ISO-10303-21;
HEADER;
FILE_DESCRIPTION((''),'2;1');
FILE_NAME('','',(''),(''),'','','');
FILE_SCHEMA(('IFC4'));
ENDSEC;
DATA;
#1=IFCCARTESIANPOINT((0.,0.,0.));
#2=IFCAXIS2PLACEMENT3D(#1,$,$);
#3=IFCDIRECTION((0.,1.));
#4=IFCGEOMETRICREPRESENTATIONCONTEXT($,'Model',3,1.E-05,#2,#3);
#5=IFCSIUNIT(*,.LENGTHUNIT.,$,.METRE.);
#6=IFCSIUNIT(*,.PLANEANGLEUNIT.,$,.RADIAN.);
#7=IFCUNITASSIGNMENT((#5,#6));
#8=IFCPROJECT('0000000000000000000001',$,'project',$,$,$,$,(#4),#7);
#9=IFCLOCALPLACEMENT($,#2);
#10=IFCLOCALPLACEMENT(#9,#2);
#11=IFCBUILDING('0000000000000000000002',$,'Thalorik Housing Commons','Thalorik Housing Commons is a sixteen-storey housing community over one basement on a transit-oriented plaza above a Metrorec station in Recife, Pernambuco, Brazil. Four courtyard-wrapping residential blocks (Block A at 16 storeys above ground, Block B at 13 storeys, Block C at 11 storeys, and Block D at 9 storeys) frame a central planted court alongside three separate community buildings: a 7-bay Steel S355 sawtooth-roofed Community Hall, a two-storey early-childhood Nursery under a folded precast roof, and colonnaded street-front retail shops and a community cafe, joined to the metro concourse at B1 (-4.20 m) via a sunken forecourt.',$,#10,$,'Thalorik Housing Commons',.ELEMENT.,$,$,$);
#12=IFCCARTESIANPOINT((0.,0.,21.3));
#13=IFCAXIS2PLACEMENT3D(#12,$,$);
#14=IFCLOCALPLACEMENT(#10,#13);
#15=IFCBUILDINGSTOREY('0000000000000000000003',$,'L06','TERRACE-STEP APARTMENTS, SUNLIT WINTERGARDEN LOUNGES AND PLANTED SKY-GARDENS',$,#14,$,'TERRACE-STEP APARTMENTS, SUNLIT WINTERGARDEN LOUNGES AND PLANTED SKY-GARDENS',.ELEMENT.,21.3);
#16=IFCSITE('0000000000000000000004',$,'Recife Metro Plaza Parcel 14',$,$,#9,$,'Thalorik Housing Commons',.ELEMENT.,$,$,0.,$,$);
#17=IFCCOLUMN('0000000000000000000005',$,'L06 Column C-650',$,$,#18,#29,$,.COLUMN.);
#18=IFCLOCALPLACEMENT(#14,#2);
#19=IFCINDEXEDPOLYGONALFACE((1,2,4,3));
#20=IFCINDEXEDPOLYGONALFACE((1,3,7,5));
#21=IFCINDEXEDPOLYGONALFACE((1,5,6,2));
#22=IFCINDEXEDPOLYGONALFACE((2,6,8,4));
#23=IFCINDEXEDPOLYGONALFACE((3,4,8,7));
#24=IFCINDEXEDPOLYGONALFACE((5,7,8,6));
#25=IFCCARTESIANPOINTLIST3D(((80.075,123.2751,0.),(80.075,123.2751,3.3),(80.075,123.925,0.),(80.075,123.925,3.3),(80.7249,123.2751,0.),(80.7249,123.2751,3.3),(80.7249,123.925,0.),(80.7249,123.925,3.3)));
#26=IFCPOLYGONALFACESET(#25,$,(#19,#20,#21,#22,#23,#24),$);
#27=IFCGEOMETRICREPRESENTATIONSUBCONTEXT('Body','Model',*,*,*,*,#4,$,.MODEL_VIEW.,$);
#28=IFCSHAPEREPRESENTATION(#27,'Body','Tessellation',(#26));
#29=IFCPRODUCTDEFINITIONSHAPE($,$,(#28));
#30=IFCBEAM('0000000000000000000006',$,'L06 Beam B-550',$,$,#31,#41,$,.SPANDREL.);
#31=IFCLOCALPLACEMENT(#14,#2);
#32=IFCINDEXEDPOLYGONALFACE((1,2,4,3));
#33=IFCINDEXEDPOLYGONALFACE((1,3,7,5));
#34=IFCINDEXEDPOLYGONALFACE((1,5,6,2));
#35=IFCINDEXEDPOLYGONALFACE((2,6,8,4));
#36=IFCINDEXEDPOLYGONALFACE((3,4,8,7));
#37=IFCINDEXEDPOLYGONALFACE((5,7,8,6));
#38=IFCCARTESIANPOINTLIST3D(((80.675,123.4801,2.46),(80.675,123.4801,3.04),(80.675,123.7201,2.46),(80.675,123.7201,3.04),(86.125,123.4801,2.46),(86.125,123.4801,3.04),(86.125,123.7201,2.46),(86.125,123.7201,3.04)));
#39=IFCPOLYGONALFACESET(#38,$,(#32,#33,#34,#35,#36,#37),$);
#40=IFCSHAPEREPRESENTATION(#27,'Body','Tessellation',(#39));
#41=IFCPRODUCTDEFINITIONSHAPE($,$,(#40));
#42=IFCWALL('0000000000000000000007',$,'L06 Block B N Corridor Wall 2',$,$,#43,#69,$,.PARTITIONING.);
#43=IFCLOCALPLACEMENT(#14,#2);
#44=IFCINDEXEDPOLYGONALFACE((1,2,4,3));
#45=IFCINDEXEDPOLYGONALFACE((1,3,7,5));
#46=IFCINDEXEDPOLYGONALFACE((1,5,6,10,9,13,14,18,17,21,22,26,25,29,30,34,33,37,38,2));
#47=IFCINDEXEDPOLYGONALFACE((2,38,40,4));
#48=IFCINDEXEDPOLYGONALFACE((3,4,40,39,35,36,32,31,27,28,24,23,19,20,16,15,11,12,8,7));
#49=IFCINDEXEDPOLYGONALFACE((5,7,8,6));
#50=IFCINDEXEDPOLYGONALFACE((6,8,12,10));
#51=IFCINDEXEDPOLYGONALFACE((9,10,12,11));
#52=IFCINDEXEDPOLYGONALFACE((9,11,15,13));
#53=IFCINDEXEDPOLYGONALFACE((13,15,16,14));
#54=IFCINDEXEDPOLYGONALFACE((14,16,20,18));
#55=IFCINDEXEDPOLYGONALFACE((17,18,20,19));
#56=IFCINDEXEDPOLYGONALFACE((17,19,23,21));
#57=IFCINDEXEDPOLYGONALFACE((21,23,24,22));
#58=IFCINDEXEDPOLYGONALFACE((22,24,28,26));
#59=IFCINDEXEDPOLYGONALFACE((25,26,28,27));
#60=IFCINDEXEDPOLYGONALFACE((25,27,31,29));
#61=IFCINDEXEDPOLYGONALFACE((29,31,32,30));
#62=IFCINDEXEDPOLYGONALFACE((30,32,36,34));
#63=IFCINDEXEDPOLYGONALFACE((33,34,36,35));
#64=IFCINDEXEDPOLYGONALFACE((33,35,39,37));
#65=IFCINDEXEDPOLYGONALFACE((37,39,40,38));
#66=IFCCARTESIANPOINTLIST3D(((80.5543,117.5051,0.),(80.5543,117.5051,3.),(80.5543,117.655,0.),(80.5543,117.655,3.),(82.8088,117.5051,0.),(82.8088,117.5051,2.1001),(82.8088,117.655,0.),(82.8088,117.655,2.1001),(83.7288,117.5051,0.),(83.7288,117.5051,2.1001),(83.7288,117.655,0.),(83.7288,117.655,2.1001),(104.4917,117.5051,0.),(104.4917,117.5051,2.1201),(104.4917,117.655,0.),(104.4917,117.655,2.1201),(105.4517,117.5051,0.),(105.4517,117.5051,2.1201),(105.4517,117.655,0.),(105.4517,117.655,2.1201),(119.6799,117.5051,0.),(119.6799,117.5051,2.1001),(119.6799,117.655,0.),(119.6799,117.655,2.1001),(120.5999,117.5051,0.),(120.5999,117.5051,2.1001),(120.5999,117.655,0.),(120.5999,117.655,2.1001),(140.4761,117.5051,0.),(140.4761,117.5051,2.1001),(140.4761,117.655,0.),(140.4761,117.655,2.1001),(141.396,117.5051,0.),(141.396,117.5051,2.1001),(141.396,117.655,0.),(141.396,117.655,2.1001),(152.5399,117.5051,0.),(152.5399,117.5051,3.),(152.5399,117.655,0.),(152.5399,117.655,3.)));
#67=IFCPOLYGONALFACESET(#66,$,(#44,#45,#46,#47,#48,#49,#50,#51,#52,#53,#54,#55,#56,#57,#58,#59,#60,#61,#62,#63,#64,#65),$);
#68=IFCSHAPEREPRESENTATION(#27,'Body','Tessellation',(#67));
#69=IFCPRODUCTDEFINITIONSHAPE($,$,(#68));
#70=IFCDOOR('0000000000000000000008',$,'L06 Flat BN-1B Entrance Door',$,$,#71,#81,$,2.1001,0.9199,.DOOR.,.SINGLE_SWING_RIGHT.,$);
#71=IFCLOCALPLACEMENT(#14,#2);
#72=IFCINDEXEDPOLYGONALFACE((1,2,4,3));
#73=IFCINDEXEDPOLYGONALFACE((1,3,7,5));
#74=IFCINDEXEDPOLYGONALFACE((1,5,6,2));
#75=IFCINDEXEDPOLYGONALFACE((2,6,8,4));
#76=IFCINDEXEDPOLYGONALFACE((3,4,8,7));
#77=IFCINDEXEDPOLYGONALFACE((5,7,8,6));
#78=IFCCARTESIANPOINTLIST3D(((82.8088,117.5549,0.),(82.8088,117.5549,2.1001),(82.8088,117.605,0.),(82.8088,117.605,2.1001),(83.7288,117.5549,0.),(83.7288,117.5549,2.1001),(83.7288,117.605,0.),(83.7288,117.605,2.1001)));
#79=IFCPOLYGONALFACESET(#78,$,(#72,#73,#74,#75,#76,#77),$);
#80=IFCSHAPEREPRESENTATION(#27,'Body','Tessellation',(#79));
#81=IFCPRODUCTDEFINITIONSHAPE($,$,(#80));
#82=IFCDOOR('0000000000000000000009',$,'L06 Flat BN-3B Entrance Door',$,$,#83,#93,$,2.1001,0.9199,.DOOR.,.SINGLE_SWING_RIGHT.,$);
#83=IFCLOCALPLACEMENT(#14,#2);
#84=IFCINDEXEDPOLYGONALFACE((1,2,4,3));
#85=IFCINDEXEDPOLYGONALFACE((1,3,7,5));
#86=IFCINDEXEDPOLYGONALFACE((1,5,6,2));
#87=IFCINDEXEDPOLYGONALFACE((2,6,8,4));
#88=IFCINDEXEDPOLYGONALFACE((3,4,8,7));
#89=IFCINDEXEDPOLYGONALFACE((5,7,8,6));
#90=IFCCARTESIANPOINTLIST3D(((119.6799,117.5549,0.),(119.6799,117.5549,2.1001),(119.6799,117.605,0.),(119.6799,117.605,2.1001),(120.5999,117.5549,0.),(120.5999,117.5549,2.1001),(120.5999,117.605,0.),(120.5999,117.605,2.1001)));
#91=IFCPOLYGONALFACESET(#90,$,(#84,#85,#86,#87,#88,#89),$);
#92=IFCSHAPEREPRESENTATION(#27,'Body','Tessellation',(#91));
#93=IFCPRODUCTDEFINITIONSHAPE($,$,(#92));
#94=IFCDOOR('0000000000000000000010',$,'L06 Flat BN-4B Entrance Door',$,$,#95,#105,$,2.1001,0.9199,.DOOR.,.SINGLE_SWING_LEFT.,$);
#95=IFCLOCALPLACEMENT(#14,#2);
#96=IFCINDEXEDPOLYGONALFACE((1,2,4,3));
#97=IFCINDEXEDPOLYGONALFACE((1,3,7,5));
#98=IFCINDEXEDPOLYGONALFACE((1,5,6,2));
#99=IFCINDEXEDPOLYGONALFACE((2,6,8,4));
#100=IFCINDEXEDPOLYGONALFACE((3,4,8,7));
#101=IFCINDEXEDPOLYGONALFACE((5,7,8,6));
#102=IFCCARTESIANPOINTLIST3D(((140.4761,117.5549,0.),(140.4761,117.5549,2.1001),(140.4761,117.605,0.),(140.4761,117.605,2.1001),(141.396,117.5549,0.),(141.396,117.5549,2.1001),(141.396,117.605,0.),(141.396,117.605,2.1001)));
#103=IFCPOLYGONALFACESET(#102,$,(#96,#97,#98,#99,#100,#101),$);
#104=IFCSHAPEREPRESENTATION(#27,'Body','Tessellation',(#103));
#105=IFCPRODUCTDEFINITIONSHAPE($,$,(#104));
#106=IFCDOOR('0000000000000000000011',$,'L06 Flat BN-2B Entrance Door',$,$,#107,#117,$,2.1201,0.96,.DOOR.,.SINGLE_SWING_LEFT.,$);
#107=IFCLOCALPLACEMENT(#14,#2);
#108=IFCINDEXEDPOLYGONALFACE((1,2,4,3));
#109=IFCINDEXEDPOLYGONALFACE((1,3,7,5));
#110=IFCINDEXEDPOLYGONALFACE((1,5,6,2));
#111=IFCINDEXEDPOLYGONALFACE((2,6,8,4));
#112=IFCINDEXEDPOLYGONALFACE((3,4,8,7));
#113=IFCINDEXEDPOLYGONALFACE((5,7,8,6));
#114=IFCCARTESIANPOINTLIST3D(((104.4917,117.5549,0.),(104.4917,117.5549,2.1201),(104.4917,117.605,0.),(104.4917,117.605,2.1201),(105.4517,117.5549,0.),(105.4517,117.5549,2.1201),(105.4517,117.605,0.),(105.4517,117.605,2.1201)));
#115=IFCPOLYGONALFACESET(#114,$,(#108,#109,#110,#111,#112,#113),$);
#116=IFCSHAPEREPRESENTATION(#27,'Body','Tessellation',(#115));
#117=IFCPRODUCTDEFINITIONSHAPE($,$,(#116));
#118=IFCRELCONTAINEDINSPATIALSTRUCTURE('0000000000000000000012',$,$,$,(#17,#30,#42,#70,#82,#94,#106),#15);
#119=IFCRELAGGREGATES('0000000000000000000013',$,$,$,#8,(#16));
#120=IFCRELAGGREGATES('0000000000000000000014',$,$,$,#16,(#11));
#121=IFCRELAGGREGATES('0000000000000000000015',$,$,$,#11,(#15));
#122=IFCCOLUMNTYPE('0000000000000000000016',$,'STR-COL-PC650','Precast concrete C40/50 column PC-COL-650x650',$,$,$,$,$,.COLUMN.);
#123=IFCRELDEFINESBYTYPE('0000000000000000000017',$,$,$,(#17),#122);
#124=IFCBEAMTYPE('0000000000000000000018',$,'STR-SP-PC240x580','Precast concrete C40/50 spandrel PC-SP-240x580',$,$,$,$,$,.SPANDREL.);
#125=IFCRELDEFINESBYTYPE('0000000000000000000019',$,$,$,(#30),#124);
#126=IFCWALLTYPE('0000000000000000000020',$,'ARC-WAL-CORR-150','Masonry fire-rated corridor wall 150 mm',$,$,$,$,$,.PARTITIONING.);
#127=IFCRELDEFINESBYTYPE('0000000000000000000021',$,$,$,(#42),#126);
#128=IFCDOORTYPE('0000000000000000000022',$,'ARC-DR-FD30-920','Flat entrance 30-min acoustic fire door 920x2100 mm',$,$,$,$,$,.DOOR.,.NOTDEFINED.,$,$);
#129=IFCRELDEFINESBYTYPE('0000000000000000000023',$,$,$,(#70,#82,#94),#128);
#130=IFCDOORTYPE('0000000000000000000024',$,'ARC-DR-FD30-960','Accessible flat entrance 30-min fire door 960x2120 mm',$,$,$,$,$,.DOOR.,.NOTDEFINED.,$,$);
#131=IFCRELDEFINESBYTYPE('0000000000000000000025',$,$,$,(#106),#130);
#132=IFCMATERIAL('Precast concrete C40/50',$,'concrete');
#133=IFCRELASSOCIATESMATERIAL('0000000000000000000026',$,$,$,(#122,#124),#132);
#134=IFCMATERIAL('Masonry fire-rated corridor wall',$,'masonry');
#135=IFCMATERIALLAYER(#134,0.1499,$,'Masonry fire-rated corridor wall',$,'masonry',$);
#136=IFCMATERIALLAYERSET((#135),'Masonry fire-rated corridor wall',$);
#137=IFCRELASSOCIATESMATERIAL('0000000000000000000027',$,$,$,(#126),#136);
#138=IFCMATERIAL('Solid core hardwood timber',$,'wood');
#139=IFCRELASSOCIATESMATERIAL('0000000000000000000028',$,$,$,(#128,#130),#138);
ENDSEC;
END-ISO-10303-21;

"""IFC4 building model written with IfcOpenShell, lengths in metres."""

from ifc_helpers import new_model, si_unit, direction, frame, frame_2d, origin, origin_2d, place, context, subcontext, project, spatial, rectangle, extrude, material, layer, layer_set, material_profile, profile_set, type_object, element, fill, save


model = new_model("IFC4")

# Units and contexts
model_context = context("Model", 3, precision=1e-05, world=origin(), true_north=direction((0.0, 1.0)))
body_context = subcontext(model_context, "Body", "Model", "MODEL_VIEW")
ifc_project = project(units=[si_unit("LENGTHUNIT", "METRE"), si_unit("PLANEANGLEUNIT", "RADIAN")], contexts=[model_context])

# Site, building, storey
site_placement = place(None, origin())
site = spatial("IfcSite", under=ifc_project, at=site_placement, Name="Recife Metro Plaza Parcel 14", LongName="Thalorik Housing Commons", CompositionType="ELEMENT", RefElevation=0.0)
building_placement = place(site_placement, origin())
building = spatial("IfcBuilding", under=site, at=building_placement, Name="Thalorik Housing Commons", Description="Thalorik Housing Commons is a sixteen-storey housing community over one basement on a transit-oriented plaza above a Metrorec station in Recife, Pernambuco, Brazil. Four courtyard-wrapping residential blocks (Block A at 16 storeys above ground, Block B at 13 storeys, Block C at 11 storeys, and Block D at 9 storeys) frame a central planted court alongside three separate community buildings: a 7-bay Steel S355 sawtooth-roofed Community Hall, a two-storey early-childhood Nursery under a folded precast roof, and colonnaded street-front retail shops and a community cafe, joined to the metro concourse at B1 (-4.20 m) via a sunken forecourt.", LongName="Thalorik Housing Commons", CompositionType="ELEMENT")
storey_placement = place(building_placement, frame((0.0, 0.0, 21.3)))
storey = spatial("IfcBuildingStorey", under=building, at=storey_placement, Name="L06", Description="TERRACE-STEP APARTMENTS, SUNLIT WINTERGARDEN LOUNGES AND PLANTED SKY-GARDENS", LongName="TERRACE-STEP APARTMENTS, SUNLIT WINTERGARDEN LOUNGES AND PLANTED SKY-GARDENS", CompositionType="ELEMENT", Elevation=21.3)

# Column
ifc_material_1 = material(Name="Precast concrete C40/50", Category="concrete")
ifc_material_profile_1 = material_profile(ifc_material_1, rectangle(XDim=0.6499, YDim=0.6499, at=origin_2d()), Name="PC 650x650", Category="concrete")
ifc_profile_set_1 = profile_set([ifc_material_profile_1], Name="Precast concrete C40/50")
column_type = type_object("IfcColumnType", Name="STR-COL-PC650", Description="Precast concrete C40/50 column PC-COL-650x650", PredefinedType="COLUMN", material=ifc_profile_set_1)
column_placement = place(storey_placement, frame((80.3999, 123.6001, 0.0), z_axis=(0.0, 0.0, 1.0), x_axis=(1.0, 0.0, 0.0)))
element("IfcColumn", 1, at=column_placement, inside=storey, type_object=column_type, Name="L06 Column C-650", PredefinedType="COLUMN", context=body_context, shape_type="SweptSolid", body=[
    extrude(rectangle(XDim=0.6499, YDim=0.6499, at=origin_2d()), origin(), (0.0, 0.0, 1.0), 3.3),
])

# Beam
ifc_material_profile_2 = material_profile(ifc_material_1, rectangle(XDim=0.24, YDim=0.5801, at=origin_2d()), Name="PC SP 240x580", Category="concrete")
ifc_profile_set_2 = profile_set([ifc_material_profile_2], Name="Precast concrete C40/50")
beam_type = type_object("IfcBeamType", Name="STR-SP-PC240x580", Description="Precast concrete C40/50 spandrel PC-SP-240x580", PredefinedType="SPANDREL", material=ifc_profile_set_2)
beam_placement = place(storey_placement, frame((80.675, 123.6001, 2.75), z_axis=(1.0, 0.0, 0.0), x_axis=(0.0, 1.0, 0.0)))
element("IfcBeam", 2, at=beam_placement, inside=storey, type_object=beam_type, Name="L06 Beam B-550", PredefinedType="SPANDREL", context=body_context, shape_type="SweptSolid", body=[
    extrude(rectangle(XDim=0.24, YDim=0.5801, at=origin_2d()), origin(), (0.0, 0.0, 1.0), 5.45),
])

# Wall, openings, doors
ifc_material_2 = material(Name="Masonry fire-rated corridor wall", Category="masonry")
ifc_layer_1 = layer(ifc_material_2, 0.1499, Name="Masonry fire-rated corridor wall", Category="masonry")
ifc_layer_set_1 = layer_set([ifc_layer_1], Name="Masonry fire-rated corridor wall")
wall_type_1 = type_object("IfcWallType", Name="ARC-WAL-CORR-150", Description="Masonry fire-rated corridor wall 150 mm", PredefinedType="PARTITIONING", material=ifc_layer_set_1)
wall_1_placement = place(storey_placement, frame((80.5544, 117.5801, 0.0), z_axis=(0.0, 0.0, 1.0), x_axis=(1.0, 0.0, 0.0)))
wall_1 = element("IfcWall", 3, at=wall_1_placement, inside=storey, type_object=wall_type_1, Name="L06 Block B N Corridor Wall 2", PredefinedType="PARTITIONING", context=body_context, shape_type="SweptSolid", body=[
    extrude(rectangle(XDim=71.9856, YDim=0.1499, at=frame_2d((35.9927, 0.0))), origin(), (0.0, 0.0, 1.0), 3.0),
])
opening_1_placement = place(wall_1_placement, frame((2.2544, 0.0, 0.0)))
opening_1 = element("IfcOpeningElement", 4, at=opening_1_placement, cuts=wall_1, PredefinedType="OPENING", context=body_context, shape_type="SweptSolid", body=[
    extrude(rectangle(XDim=0.9199, YDim=2.1001, at=frame_2d((0.46, 1.05))), frame((0.0, 0.085, 0.0), z_axis=(0.0, -1.0, 0.0), x_axis=(1.0, 0.0, 0.0)), (0.0, 0.0, 1.0), 0.1699),
])
opening_2_placement = place(wall_1_placement, frame((23.9373, 0.0, 0.0)))
opening_2 = element("IfcOpeningElement", 5, at=opening_2_placement, cuts=wall_1, PredefinedType="OPENING", context=body_context, shape_type="SweptSolid", body=[
    extrude(rectangle(XDim=0.96, YDim=2.1201, at=frame_2d((0.48, 1.0601))), frame((0.0, 0.085, 0.0), z_axis=(0.0, -1.0, 0.0), x_axis=(1.0, 0.0, 0.0)), (0.0, 0.0, 1.0), 0.1699),
])
opening_3_placement = place(wall_1_placement, frame((39.1255, 0.0, 0.0)))
opening_3 = element("IfcOpeningElement", 6, at=opening_3_placement, cuts=wall_1, PredefinedType="OPENING", context=body_context, shape_type="SweptSolid", body=[
    extrude(rectangle(XDim=0.9199, YDim=2.1001, at=frame_2d((0.46, 1.05))), frame((0.0, 0.085, 0.0), z_axis=(0.0, -1.0, 0.0), x_axis=(1.0, 0.0, 0.0)), (0.0, 0.0, 1.0), 0.1699),
])
opening_4_placement = place(wall_1_placement, frame((59.9216, 0.0, 0.0)))
opening_4 = element("IfcOpeningElement", 7, at=opening_4_placement, cuts=wall_1, PredefinedType="OPENING", context=body_context, shape_type="SweptSolid", body=[
    extrude(rectangle(XDim=0.9199, YDim=2.1001, at=frame_2d((0.46, 1.05))), frame((0.0, 0.085, 0.0), z_axis=(0.0, -1.0, 0.0), x_axis=(1.0, 0.0, 0.0)), (0.0, 0.0, 1.0), 0.1699),
])
ifc_material_3 = material(Name="Solid core hardwood timber", Category="wood")
door_type_1 = type_object("IfcDoorType", Name="ARC-DR-FD30-920", Description="Flat entrance 30-min acoustic fire door 920x2100 mm", OperationType="NOTDEFINED", PredefinedType="DOOR", material=ifc_material_3)
door_1_placement = place(opening_1_placement, origin())
door_1 = element("IfcDoor", 8, at=door_1_placement, inside=storey, type_object=door_type_1, Name="L06 Flat BN-1B Entrance Door", OperationType="SINGLE_SWING_RIGHT", OverallHeight=2.1001, OverallWidth=0.9199, PredefinedType="DOOR", context=body_context, shape_type="SweptSolid", body=[
    extrude(rectangle(XDim=0.9199, YDim=2.1001, at=frame_2d((0.46, 1.05))), frame((0.0, 0.0249, 0.0), z_axis=(0.0, -1.0, 0.0), x_axis=(1.0, 0.0, 0.0)), (0.0, 0.0, 1.0), 0.05),
])
fill(opening_1, door_1)
door_2_placement = place(opening_3_placement, origin())
door_2 = element("IfcDoor", 9, at=door_2_placement, inside=storey, type_object=door_type_1, Name="L06 Flat BN-3B Entrance Door", OperationType="SINGLE_SWING_RIGHT", OverallHeight=2.1001, OverallWidth=0.9199, PredefinedType="DOOR", context=body_context, shape_type="SweptSolid", body=[
    extrude(rectangle(XDim=0.9199, YDim=2.1001, at=frame_2d((0.46, 1.05))), frame((0.0, 0.0249, 0.0), z_axis=(0.0, -1.0, 0.0), x_axis=(1.0, 0.0, 0.0)), (0.0, 0.0, 1.0), 0.05),
])
fill(opening_3, door_2)
door_3_placement = place(opening_4_placement, origin())
door_3 = element("IfcDoor", 10, at=door_3_placement, inside=storey, type_object=door_type_1, Name="L06 Flat BN-4B Entrance Door", OperationType="SINGLE_SWING_LEFT", OverallHeight=2.1001, OverallWidth=0.9199, PredefinedType="DOOR", context=body_context, shape_type="SweptSolid", body=[
    extrude(rectangle(XDim=0.9199, YDim=2.1001, at=frame_2d((0.46, 1.05))), frame((0.0, 0.0249, 0.0), z_axis=(0.0, -1.0, 0.0), x_axis=(1.0, 0.0, 0.0)), (0.0, 0.0, 1.0), 0.05),
])
fill(opening_4, door_3)
door_type_2 = type_object("IfcDoorType", Name="ARC-DR-FD30-960", Description="Accessible flat entrance 30-min fire door 960x2120 mm", OperationType="NOTDEFINED", PredefinedType="DOOR", material=ifc_material_3)
door_4_placement = place(opening_2_placement, origin())
door_4 = element("IfcDoor", 11, at=door_4_placement, inside=storey, type_object=door_type_2, Name="L06 Flat BN-2B Entrance Door", OperationType="SINGLE_SWING_LEFT", OverallHeight=2.1201, OverallWidth=0.96, PredefinedType="DOOR", context=body_context, shape_type="SweptSolid", body=[
    extrude(rectangle(XDim=0.96, YDim=2.1201, at=frame_2d((0.48, 1.0601))), frame((0.0, 0.0249, 0.0), z_axis=(0.0, -1.0, 0.0), x_axis=(1.0, 0.0, 0.0)), (0.0, 0.0, 1.0), 0.05),
])
fill(opening_2, door_4)

save(model, "model.ifc")
